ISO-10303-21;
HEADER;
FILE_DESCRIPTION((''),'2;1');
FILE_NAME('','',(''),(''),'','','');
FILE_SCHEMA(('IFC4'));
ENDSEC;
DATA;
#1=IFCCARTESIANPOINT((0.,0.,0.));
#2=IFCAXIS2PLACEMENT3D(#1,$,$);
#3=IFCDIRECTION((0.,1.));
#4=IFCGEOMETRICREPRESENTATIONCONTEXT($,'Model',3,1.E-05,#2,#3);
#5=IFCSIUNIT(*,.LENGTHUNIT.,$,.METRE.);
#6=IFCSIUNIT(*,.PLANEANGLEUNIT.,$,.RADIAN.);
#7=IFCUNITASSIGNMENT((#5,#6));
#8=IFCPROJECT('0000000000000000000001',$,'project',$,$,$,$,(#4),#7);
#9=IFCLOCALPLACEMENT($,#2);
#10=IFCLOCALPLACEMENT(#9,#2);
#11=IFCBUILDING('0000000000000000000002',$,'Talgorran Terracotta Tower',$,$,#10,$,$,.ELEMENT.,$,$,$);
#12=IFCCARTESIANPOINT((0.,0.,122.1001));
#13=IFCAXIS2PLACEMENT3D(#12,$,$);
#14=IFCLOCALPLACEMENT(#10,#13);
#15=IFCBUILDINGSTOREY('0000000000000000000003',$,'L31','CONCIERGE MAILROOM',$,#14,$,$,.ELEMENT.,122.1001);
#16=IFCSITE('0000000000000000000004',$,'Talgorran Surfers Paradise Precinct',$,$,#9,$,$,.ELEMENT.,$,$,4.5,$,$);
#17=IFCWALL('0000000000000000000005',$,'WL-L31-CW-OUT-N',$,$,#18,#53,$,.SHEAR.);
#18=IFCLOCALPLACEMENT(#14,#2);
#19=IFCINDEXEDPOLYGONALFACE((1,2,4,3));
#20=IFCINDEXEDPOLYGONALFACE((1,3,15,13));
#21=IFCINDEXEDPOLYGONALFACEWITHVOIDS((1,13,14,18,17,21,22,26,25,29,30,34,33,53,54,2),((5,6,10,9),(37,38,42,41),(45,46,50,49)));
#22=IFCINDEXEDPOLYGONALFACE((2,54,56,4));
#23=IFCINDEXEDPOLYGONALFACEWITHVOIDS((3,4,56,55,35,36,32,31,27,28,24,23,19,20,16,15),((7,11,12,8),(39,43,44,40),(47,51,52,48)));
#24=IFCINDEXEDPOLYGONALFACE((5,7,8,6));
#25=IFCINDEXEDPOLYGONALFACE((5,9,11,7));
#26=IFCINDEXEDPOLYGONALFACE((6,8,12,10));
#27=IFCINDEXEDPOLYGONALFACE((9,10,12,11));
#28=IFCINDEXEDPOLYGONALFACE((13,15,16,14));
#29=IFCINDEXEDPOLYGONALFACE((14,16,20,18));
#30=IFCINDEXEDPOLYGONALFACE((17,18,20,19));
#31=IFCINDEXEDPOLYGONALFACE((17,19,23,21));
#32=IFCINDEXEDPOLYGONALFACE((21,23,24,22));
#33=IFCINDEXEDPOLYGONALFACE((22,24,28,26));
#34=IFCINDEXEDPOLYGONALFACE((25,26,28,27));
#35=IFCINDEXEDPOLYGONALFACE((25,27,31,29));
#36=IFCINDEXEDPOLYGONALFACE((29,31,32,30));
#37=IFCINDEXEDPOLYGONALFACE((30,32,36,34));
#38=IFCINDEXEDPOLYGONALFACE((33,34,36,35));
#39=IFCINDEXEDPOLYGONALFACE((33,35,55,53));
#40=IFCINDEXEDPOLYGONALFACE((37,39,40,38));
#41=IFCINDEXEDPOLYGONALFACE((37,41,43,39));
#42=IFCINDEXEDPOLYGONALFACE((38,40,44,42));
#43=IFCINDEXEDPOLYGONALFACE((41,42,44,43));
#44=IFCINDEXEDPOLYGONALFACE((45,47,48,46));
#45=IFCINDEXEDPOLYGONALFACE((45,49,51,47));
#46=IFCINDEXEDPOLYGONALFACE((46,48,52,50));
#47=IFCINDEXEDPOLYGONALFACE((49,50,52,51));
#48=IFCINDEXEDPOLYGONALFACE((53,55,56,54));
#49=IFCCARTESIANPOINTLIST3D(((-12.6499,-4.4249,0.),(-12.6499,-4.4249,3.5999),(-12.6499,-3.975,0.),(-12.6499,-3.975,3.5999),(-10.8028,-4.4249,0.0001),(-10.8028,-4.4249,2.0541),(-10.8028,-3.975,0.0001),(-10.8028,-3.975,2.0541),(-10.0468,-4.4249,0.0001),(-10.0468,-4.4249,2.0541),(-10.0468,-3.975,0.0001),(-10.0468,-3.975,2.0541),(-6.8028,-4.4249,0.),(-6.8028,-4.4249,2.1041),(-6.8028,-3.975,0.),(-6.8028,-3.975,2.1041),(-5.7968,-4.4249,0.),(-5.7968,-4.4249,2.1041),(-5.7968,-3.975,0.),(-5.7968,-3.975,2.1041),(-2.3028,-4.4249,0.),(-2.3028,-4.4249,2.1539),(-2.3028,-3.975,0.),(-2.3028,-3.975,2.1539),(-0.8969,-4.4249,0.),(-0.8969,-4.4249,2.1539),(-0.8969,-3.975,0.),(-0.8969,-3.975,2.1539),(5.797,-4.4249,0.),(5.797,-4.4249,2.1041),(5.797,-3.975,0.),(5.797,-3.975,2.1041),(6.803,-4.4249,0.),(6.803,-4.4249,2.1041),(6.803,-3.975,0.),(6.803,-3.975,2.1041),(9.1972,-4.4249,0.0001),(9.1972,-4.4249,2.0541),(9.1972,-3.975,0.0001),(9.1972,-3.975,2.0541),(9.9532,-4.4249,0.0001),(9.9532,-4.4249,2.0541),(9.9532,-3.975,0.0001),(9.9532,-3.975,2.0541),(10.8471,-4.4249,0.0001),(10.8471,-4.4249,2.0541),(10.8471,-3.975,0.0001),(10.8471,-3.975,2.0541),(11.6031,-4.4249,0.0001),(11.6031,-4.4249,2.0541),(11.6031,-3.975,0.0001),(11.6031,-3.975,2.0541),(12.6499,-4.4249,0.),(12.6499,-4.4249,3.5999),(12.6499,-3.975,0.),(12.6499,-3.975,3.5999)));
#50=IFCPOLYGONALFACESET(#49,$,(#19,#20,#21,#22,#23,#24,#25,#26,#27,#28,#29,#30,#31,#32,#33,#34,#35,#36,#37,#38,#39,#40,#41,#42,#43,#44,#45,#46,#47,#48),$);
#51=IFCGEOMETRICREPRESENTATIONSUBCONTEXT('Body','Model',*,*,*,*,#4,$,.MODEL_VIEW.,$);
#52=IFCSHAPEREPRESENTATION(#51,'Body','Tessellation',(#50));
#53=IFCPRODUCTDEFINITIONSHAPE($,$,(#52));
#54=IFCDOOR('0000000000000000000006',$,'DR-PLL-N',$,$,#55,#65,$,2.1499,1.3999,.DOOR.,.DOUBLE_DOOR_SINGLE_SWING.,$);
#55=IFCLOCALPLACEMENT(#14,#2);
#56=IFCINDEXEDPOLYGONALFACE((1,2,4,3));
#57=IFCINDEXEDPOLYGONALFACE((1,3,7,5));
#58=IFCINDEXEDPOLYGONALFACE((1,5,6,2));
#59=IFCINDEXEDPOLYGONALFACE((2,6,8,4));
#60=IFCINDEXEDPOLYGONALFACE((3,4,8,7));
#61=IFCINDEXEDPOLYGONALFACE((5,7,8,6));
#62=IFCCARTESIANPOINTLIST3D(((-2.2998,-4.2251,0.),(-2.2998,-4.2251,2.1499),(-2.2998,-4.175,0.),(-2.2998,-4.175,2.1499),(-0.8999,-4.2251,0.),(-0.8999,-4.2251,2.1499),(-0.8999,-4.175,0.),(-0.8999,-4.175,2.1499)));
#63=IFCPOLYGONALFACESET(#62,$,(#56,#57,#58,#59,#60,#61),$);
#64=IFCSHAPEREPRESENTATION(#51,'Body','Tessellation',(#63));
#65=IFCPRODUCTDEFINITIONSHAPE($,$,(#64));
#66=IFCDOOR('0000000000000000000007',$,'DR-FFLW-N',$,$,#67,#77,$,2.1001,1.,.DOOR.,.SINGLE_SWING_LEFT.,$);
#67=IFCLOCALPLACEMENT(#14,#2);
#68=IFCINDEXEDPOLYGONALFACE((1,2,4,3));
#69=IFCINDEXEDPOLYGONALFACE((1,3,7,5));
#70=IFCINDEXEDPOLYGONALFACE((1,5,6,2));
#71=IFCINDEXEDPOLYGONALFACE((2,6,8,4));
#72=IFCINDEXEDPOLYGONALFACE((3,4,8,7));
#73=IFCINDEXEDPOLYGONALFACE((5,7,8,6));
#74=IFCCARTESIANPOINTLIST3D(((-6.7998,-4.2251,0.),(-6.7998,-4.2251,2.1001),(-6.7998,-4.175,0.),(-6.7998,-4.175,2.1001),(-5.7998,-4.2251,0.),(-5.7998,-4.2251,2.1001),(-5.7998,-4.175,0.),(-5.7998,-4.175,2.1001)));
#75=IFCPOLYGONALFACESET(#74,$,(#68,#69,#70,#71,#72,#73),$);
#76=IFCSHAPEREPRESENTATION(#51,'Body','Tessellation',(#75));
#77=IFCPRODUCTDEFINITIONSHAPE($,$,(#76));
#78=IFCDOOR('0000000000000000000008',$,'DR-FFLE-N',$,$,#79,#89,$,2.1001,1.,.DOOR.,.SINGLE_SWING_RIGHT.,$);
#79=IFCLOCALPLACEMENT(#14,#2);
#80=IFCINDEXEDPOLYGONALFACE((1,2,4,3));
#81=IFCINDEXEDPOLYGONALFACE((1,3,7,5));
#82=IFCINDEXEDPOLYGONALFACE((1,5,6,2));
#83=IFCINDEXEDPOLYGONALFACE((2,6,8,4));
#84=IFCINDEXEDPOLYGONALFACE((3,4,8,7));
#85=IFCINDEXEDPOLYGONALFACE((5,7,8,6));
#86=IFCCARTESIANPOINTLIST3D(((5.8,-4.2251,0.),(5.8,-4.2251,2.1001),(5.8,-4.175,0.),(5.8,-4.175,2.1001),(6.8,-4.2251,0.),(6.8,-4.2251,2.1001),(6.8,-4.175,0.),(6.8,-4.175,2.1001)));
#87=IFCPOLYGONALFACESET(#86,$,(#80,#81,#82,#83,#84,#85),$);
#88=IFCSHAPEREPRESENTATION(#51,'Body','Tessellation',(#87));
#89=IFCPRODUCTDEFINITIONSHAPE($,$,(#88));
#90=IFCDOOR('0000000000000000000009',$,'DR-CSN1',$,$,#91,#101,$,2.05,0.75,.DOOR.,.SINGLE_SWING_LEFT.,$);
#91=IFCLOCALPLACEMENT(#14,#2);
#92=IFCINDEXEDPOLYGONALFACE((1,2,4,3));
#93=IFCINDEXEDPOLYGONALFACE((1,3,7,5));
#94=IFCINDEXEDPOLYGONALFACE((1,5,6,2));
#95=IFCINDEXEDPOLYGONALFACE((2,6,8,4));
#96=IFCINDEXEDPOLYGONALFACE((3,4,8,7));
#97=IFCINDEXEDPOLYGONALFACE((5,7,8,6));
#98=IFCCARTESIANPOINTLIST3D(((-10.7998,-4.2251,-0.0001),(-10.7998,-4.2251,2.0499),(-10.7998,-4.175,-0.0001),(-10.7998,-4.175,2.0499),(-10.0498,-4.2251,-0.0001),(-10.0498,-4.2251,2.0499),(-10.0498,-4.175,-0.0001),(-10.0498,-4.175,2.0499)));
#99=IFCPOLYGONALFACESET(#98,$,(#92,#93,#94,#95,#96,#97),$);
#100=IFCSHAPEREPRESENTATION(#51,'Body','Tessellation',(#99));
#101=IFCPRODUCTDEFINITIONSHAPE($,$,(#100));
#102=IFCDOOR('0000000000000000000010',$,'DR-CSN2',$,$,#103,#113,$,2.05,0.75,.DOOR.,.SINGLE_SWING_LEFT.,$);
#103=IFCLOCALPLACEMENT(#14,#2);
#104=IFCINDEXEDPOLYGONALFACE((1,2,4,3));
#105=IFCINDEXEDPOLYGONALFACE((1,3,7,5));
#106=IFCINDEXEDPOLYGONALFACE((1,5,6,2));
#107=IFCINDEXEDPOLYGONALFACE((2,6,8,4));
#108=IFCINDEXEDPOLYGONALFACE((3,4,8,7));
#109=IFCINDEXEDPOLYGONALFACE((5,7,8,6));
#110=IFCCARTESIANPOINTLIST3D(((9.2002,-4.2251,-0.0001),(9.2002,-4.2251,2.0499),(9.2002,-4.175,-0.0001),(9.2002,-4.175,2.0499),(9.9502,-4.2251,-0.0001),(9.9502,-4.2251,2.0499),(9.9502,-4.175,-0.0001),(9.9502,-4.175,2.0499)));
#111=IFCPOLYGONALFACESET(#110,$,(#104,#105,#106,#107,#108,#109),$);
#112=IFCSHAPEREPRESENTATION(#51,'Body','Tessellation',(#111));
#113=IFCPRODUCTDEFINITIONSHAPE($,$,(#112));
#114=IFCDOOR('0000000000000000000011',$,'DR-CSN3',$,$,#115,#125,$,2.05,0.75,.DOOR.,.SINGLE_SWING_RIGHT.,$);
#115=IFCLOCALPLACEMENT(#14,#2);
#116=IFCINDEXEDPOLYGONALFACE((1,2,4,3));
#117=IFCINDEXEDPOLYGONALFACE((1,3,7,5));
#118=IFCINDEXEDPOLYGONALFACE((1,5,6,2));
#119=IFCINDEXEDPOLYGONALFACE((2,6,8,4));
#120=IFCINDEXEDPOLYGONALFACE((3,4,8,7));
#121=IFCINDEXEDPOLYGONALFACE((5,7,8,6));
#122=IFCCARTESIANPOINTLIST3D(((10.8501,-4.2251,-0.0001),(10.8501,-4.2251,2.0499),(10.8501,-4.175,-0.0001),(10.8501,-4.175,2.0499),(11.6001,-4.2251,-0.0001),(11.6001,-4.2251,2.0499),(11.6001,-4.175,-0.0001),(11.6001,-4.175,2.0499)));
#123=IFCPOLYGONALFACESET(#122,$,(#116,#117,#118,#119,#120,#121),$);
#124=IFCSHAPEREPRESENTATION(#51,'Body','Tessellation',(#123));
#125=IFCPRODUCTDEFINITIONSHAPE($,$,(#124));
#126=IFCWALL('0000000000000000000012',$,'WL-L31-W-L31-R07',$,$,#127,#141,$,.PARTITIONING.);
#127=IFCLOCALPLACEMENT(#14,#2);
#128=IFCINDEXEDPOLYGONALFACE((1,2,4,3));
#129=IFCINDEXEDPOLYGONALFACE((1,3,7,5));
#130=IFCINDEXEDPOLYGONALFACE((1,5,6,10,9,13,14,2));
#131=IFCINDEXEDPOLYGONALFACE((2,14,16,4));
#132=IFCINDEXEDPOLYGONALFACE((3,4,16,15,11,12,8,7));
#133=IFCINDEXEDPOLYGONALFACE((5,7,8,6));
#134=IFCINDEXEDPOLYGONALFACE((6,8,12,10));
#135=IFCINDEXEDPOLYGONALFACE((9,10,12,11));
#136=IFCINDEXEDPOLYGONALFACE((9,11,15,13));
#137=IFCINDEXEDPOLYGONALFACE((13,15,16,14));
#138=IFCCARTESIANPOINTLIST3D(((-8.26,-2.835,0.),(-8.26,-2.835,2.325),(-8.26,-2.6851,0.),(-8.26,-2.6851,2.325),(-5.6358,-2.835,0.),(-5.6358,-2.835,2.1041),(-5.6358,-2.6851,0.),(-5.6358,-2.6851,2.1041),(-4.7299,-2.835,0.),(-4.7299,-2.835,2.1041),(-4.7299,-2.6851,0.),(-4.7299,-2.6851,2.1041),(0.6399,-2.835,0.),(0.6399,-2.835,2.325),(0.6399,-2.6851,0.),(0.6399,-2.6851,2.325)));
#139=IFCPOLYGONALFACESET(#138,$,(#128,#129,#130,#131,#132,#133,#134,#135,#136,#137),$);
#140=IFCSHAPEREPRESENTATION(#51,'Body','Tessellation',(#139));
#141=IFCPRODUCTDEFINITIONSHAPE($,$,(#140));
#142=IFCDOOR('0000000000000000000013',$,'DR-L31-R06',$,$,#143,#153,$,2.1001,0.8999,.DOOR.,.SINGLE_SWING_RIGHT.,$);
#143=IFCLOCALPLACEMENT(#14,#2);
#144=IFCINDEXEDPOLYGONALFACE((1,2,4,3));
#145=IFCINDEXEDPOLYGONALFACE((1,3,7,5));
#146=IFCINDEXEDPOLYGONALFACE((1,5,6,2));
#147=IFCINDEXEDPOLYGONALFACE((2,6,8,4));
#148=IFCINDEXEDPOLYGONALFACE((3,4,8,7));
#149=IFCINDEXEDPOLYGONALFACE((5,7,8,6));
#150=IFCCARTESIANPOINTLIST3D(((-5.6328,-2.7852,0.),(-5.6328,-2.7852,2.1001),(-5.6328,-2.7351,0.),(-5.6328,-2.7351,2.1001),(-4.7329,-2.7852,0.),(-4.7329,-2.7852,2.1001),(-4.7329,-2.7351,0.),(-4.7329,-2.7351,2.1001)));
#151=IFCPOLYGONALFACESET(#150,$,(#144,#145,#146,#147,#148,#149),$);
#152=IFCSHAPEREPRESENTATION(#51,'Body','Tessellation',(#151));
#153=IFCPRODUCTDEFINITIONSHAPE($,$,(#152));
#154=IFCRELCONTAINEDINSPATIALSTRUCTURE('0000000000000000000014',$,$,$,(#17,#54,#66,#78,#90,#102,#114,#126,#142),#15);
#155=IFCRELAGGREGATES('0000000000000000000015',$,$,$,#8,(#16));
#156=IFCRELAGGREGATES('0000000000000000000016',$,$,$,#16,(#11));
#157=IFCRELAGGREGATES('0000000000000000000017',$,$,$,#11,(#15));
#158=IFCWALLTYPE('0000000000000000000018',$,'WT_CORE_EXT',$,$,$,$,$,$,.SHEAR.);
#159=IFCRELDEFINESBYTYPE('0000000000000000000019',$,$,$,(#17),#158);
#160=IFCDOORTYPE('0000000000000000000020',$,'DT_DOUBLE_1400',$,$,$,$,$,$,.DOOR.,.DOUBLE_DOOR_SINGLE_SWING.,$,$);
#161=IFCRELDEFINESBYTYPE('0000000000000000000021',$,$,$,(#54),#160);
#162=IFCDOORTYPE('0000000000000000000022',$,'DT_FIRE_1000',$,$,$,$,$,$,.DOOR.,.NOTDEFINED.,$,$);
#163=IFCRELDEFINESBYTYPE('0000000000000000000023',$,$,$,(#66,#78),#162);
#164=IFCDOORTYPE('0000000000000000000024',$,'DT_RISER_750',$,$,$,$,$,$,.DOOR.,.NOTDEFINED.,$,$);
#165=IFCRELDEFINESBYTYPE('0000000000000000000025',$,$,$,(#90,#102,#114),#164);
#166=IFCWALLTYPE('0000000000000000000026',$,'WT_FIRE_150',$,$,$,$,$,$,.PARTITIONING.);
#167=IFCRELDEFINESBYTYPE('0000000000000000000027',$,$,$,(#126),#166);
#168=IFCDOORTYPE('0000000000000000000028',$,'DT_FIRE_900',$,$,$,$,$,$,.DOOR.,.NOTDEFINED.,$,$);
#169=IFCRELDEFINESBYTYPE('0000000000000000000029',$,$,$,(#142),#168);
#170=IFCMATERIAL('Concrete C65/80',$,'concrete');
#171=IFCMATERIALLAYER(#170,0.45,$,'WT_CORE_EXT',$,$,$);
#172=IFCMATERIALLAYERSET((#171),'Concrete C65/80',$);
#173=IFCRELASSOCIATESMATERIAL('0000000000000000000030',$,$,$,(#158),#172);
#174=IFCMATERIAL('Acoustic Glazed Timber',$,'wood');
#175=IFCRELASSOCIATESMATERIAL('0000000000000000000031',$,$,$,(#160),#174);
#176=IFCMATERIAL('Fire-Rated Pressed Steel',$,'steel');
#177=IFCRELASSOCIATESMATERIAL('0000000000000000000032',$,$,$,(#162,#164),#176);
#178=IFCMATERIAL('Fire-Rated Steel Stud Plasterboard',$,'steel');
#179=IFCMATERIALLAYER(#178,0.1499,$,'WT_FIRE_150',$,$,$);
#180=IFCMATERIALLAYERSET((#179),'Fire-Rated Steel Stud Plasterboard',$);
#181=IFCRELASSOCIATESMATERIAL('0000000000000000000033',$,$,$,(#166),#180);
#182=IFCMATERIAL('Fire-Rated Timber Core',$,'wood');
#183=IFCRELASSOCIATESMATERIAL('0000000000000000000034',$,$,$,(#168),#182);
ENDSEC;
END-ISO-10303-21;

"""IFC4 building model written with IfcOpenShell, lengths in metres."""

from ifc_helpers import new_model, si_unit, direction, frame, frame_2d, origin, place, context, subcontext, project, spatial, rectangle, extrude, material, layer, layer_set, type_object, element, fill, save


model = new_model("IFC4")

# Units and contexts
model_context = context("Model", 3, precision=1e-05, world=origin(), true_north=direction((0.0, 1.0)))
body_context = subcontext(model_context, "Body", "Model", "MODEL_VIEW")
ifc_project = project(units=[si_unit("LENGTHUNIT", "METRE"), si_unit("PLANEANGLEUNIT", "RADIAN")], contexts=[model_context])

# Site, building, storey
site_placement = place(None, origin())
site = spatial("IfcSite", under=ifc_project, at=site_placement, Name="Talgorran Surfers Paradise Precinct", CompositionType="ELEMENT", RefElevation=4.5)
building_placement = place(site_placement, origin())
building = spatial("IfcBuilding", under=site, at=building_placement, Name="Talgorran Terracotta Tower", CompositionType="ELEMENT")
storey_placement = place(building_placement, frame((0.0, 0.0, 122.1001)))
storey = spatial("IfcBuildingStorey", under=building, at=storey_placement, Name="L31", Description="CONCIERGE MAILROOM", CompositionType="ELEMENT", Elevation=122.1001)

# Wall, openings, doors
ifc_material_1 = material(Name="Concrete C65/80", Category="concrete")
ifc_layer_1 = layer(ifc_material_1, 0.45, Name="WT_CORE_EXT")
ifc_layer_set_1 = layer_set([ifc_layer_1], Name="Concrete C65/80")
wall_type_1 = type_object("IfcWallType", Name="WT_CORE_EXT", PredefinedType="SHEAR", material=ifc_layer_set_1)
wall_1_placement = place(storey_placement, frame((-12.6499, -4.2, 0.0), z_axis=(0.0, 0.0, 1.0), x_axis=(1.0, 0.0, 0.0)))
wall_1 = element("IfcWall", 1, at=wall_1_placement, inside=storey, type_object=wall_type_1, Name="WL-L31-CW-OUT-N", PredefinedType="SHEAR", context=body_context, shape_type="SweptSolid", body=[
    extrude(rectangle(XDim=25.2998, YDim=0.45, at=frame_2d((12.6499, 0.0))), origin(), (0.0, 0.0, 1.0), 3.5999),
])
opening_1_placement = place(wall_1_placement, frame((1.8501, 0.0, 0.0)))
opening_1 = element("IfcOpeningElement", 2, at=opening_1_placement, cuts=wall_1, PredefinedType="OPENING", context=body_context, shape_type="SweptSolid", body=[
    extrude(rectangle(XDim=0.756, YDim=2.054, at=frame_2d((0.375, 1.0271))), frame((0.0, 0.2349, 0.0), z_axis=(0.0, -1.0, 0.0), x_axis=(1.0, 0.0, 0.0)), (0.0, 0.0, 1.0), 0.47),
])
opening_2_placement = place(wall_1_placement, frame((21.8501, 0.0, 0.0)))
opening_2 = element("IfcOpeningElement", 3, at=opening_2_placement, cuts=wall_1, PredefinedType="OPENING", context=body_context, shape_type="SweptSolid", body=[
    extrude(rectangle(XDim=0.756, YDim=2.054, at=frame_2d((0.375, 1.0271))), frame((0.0, 0.2349, 0.0), z_axis=(0.0, -1.0, 0.0), x_axis=(1.0, 0.0, 0.0)), (0.0, 0.0, 1.0), 0.47),
])
opening_3_placement = place(wall_1_placement, frame((23.5, 0.0, 0.0)))
opening_3 = element("IfcOpeningElement", 4, at=opening_3_placement, cuts=wall_1, PredefinedType="OPENING", context=body_context, shape_type="SweptSolid", body=[
    extrude(rectangle(XDim=0.756, YDim=2.054, at=frame_2d((0.375, 1.0271))), frame((0.0, 0.2349, 0.0), z_axis=(0.0, -1.0, 0.0), x_axis=(1.0, 0.0, 0.0)), (0.0, 0.0, 1.0), 0.47),
])
opening_4_placement = place(wall_1_placement, frame((5.8501, 0.0, 0.0)))
opening_4 = element("IfcOpeningElement", 5, at=opening_4_placement, cuts=wall_1, PredefinedType="OPENING", context=body_context, shape_type="SweptSolid", body=[
    extrude(rectangle(XDim=1.006, YDim=2.1041, at=frame_2d((0.5, 1.052))), frame((0.0, 0.2349, 0.0), z_axis=(0.0, -1.0, 0.0), x_axis=(1.0, 0.0, 0.0)), (0.0, 0.0, 1.0), 0.47),
])
opening_5_placement = place(wall_1_placement, frame((10.3501, 0.0, 0.0)))
opening_5 = element("IfcOpeningElement", 6, at=opening_5_placement, cuts=wall_1, PredefinedType="OPENING", context=body_context, shape_type="SweptSolid", body=[
    extrude(rectangle(XDim=1.4059, YDim=2.1539, at=frame_2d((0.7, 1.0769))), frame((0.0, 0.2349, 0.0), z_axis=(0.0, -1.0, 0.0), x_axis=(1.0, 0.0, 0.0)), (0.0, 0.0, 1.0), 0.47),
])
opening_6_placement = place(wall_1_placement, frame((18.45, 0.0, 0.0)))
opening_6 = element("IfcOpeningElement", 7, at=opening_6_placement, cuts=wall_1, PredefinedType="OPENING", context=body_context, shape_type="SweptSolid", body=[
    extrude(rectangle(XDim=1.006, YDim=2.1041, at=frame_2d((0.5, 1.052))), frame((0.0, 0.2349, 0.0), z_axis=(0.0, -1.0, 0.0), x_axis=(1.0, 0.0, 0.0)), (0.0, 0.0, 1.0), 0.47),
])
ifc_material_2 = material(Name="Acoustic Glazed Timber", Category="wood")
door_type_1 = type_object("IfcDoorType", Name="DT_DOUBLE_1400", OperationType="DOUBLE_DOOR_SINGLE_SWING", PredefinedType="DOOR", material=ifc_material_2)
door_1_placement = place(opening_5_placement, origin())
door_1 = element("IfcDoor", 8, at=door_1_placement, inside=storey, type_object=door_type_1, Name="DR-PLL-N", OperationType="DOUBLE_DOOR_SINGLE_SWING", OverallHeight=2.1499, OverallWidth=1.3999, PredefinedType="DOOR", context=body_context, shape_type="SweptSolid", body=[
    extrude(rectangle(XDim=1.3999, YDim=2.1499, at=frame_2d((0.7, 1.075))), frame((0.0, 0.0249, 0.0), z_axis=(0.0, -1.0, 0.0), x_axis=(1.0, 0.0, 0.0)), (0.0, 0.0, 1.0), 0.05),
])
fill(opening_5, door_1)
ifc_material_3 = material(Name="Fire-Rated Pressed Steel", Category="steel")
door_type_2 = type_object("IfcDoorType", Name="DT_FIRE_1000", OperationType="NOTDEFINED", PredefinedType="DOOR", material=ifc_material_3)
door_2_placement = place(opening_4_placement, origin())
door_2 = element("IfcDoor", 9, at=door_2_placement, inside=storey, type_object=door_type_2, Name="DR-FFLW-N", OperationType="SINGLE_SWING_LEFT", OverallHeight=2.1001, OverallWidth=1.0, PredefinedType="DOOR", context=body_context, shape_type="SweptSolid", body=[
    extrude(rectangle(XDim=1.0, YDim=2.1001, at=frame_2d((0.5, 1.05))), frame((0.0, 0.0249, 0.0), z_axis=(0.0, -1.0, 0.0), x_axis=(1.0, 0.0, 0.0)), (0.0, 0.0, 1.0), 0.05),
])
fill(opening_4, door_2)
door_3_placement = place(opening_6_placement, origin())
door_3 = element("IfcDoor", 10, at=door_3_placement, inside=storey, type_object=door_type_2, Name="DR-FFLE-N", OperationType="SINGLE_SWING_RIGHT", OverallHeight=2.1001, OverallWidth=1.0, PredefinedType="DOOR", context=body_context, shape_type="SweptSolid", body=[
    extrude(rectangle(XDim=1.0, YDim=2.1001, at=frame_2d((0.5, 1.05))), frame((0.0, 0.0249, 0.0), z_axis=(0.0, -1.0, 0.0), x_axis=(1.0, 0.0, 0.0)), (0.0, 0.0, 1.0), 0.05),
])
fill(opening_6, door_3)
door_type_3 = type_object("IfcDoorType", Name="DT_RISER_750", OperationType="NOTDEFINED", PredefinedType="DOOR", material=ifc_material_3)
door_4_placement = place(opening_1_placement, origin())
door_4 = element("IfcDoor", 11, at=door_4_placement, inside=storey, type_object=door_type_3, Name="DR-CSN1", OperationType="SINGLE_SWING_LEFT", OverallHeight=2.05, OverallWidth=0.75, PredefinedType="DOOR", context=body_context, shape_type="SweptSolid", body=[
    extrude(rectangle(XDim=0.75, YDim=2.05, at=frame_2d((0.375, 1.0249))), frame((0.0, 0.0249, 0.0), z_axis=(0.0, -1.0, 0.0), x_axis=(1.0, 0.0, 0.0)), (0.0, 0.0, 1.0), 0.05),
])
fill(opening_1, door_4)
door_5_placement = place(opening_2_placement, origin())
door_5 = element("IfcDoor", 12, at=door_5_placement, inside=storey, type_object=door_type_3, Name="DR-CSN2", OperationType="SINGLE_SWING_LEFT", OverallHeight=2.05, OverallWidth=0.75, PredefinedType="DOOR", context=body_context, shape_type="SweptSolid", body=[
    extrude(rectangle(XDim=0.75, YDim=2.05, at=frame_2d((0.375, 1.0249))), frame((0.0, 0.0249, 0.0), z_axis=(0.0, -1.0, 0.0), x_axis=(1.0, 0.0, 0.0)), (0.0, 0.0, 1.0), 0.05),
])
fill(opening_2, door_5)
door_6_placement = place(opening_3_placement, origin())
door_6 = element("IfcDoor", 13, at=door_6_placement, inside=storey, type_object=door_type_3, Name="DR-CSN3", OperationType="SINGLE_SWING_RIGHT", OverallHeight=2.05, OverallWidth=0.75, PredefinedType="DOOR", context=body_context, shape_type="SweptSolid", body=[
    extrude(rectangle(XDim=0.75, YDim=2.05, at=frame_2d((0.375, 1.0249))), frame((0.0, 0.0249, 0.0), z_axis=(0.0, -1.0, 0.0), x_axis=(1.0, 0.0, 0.0)), (0.0, 0.0, 1.0), 0.05),
])
fill(opening_3, door_6)

# Wall, opening, door
ifc_material_4 = material(Name="Fire-Rated Steel Stud Plasterboard", Category="steel")
ifc_layer_2 = layer(ifc_material_4, 0.1499, Name="WT_FIRE_150")
ifc_layer_set_2 = layer_set([ifc_layer_2], Name="Fire-Rated Steel Stud Plasterboard")
wall_type_2 = type_object("IfcWallType", Name="WT_FIRE_150", PredefinedType="PARTITIONING", material=ifc_layer_set_2)
wall_2_placement = place(storey_placement, frame((-8.26, -2.76, 0.0), z_axis=(0.0, 0.0, 1.0), x_axis=(1.0, 0.0, 0.0)))
wall_2 = element("IfcWall", 14, at=wall_2_placement, inside=storey, type_object=wall_type_2, Name="WL-L31-W-L31-R07", PredefinedType="PARTITIONING", context=body_context, shape_type="SweptSolid", body=[
    extrude(rectangle(XDim=8.8999, YDim=0.1499, at=frame_2d((4.45, 0.0))), origin(), (0.0, 0.0, 1.0), 2.325),
])
opening_7_placement = place(wall_2_placement, frame((2.6272, 0.0, 0.0)))
opening_7 = element("IfcOpeningElement", 15, at=opening_7_placement, cuts=wall_2, PredefinedType="OPENING", context=body_context, shape_type="SweptSolid", body=[
    extrude(rectangle(XDim=0.9059, YDim=2.1041, at=frame_2d((0.45, 1.052))), frame((0.0, 0.085, 0.0), z_axis=(0.0, -1.0, 0.0), x_axis=(1.0, 0.0, 0.0)), (0.0, 0.0, 1.0), 0.1699),
])
ifc_material_5 = material(Name="Fire-Rated Timber Core", Category="wood")
door_type_4 = type_object("IfcDoorType", Name="DT_FIRE_900", OperationType="NOTDEFINED", PredefinedType="DOOR", material=ifc_material_5)
door_7_placement = place(opening_7_placement, origin())
door_7 = element("IfcDoor", 16, at=door_7_placement, inside=storey, type_object=door_type_4, Name="DR-L31-R06", OperationType="SINGLE_SWING_RIGHT", OverallHeight=2.1001, OverallWidth=0.8999, PredefinedType="DOOR", context=body_context, shape_type="SweptSolid", body=[
    extrude(rectangle(XDim=0.8999, YDim=2.1001, at=frame_2d((0.45, 1.05))), frame((0.0, 0.0249, 0.0), z_axis=(0.0, -1.0, 0.0), x_axis=(1.0, 0.0, 0.0)), (0.0, 0.0, 1.0), 0.05),
])
fill(opening_7, door_7)

save(model, "model.ifc")
